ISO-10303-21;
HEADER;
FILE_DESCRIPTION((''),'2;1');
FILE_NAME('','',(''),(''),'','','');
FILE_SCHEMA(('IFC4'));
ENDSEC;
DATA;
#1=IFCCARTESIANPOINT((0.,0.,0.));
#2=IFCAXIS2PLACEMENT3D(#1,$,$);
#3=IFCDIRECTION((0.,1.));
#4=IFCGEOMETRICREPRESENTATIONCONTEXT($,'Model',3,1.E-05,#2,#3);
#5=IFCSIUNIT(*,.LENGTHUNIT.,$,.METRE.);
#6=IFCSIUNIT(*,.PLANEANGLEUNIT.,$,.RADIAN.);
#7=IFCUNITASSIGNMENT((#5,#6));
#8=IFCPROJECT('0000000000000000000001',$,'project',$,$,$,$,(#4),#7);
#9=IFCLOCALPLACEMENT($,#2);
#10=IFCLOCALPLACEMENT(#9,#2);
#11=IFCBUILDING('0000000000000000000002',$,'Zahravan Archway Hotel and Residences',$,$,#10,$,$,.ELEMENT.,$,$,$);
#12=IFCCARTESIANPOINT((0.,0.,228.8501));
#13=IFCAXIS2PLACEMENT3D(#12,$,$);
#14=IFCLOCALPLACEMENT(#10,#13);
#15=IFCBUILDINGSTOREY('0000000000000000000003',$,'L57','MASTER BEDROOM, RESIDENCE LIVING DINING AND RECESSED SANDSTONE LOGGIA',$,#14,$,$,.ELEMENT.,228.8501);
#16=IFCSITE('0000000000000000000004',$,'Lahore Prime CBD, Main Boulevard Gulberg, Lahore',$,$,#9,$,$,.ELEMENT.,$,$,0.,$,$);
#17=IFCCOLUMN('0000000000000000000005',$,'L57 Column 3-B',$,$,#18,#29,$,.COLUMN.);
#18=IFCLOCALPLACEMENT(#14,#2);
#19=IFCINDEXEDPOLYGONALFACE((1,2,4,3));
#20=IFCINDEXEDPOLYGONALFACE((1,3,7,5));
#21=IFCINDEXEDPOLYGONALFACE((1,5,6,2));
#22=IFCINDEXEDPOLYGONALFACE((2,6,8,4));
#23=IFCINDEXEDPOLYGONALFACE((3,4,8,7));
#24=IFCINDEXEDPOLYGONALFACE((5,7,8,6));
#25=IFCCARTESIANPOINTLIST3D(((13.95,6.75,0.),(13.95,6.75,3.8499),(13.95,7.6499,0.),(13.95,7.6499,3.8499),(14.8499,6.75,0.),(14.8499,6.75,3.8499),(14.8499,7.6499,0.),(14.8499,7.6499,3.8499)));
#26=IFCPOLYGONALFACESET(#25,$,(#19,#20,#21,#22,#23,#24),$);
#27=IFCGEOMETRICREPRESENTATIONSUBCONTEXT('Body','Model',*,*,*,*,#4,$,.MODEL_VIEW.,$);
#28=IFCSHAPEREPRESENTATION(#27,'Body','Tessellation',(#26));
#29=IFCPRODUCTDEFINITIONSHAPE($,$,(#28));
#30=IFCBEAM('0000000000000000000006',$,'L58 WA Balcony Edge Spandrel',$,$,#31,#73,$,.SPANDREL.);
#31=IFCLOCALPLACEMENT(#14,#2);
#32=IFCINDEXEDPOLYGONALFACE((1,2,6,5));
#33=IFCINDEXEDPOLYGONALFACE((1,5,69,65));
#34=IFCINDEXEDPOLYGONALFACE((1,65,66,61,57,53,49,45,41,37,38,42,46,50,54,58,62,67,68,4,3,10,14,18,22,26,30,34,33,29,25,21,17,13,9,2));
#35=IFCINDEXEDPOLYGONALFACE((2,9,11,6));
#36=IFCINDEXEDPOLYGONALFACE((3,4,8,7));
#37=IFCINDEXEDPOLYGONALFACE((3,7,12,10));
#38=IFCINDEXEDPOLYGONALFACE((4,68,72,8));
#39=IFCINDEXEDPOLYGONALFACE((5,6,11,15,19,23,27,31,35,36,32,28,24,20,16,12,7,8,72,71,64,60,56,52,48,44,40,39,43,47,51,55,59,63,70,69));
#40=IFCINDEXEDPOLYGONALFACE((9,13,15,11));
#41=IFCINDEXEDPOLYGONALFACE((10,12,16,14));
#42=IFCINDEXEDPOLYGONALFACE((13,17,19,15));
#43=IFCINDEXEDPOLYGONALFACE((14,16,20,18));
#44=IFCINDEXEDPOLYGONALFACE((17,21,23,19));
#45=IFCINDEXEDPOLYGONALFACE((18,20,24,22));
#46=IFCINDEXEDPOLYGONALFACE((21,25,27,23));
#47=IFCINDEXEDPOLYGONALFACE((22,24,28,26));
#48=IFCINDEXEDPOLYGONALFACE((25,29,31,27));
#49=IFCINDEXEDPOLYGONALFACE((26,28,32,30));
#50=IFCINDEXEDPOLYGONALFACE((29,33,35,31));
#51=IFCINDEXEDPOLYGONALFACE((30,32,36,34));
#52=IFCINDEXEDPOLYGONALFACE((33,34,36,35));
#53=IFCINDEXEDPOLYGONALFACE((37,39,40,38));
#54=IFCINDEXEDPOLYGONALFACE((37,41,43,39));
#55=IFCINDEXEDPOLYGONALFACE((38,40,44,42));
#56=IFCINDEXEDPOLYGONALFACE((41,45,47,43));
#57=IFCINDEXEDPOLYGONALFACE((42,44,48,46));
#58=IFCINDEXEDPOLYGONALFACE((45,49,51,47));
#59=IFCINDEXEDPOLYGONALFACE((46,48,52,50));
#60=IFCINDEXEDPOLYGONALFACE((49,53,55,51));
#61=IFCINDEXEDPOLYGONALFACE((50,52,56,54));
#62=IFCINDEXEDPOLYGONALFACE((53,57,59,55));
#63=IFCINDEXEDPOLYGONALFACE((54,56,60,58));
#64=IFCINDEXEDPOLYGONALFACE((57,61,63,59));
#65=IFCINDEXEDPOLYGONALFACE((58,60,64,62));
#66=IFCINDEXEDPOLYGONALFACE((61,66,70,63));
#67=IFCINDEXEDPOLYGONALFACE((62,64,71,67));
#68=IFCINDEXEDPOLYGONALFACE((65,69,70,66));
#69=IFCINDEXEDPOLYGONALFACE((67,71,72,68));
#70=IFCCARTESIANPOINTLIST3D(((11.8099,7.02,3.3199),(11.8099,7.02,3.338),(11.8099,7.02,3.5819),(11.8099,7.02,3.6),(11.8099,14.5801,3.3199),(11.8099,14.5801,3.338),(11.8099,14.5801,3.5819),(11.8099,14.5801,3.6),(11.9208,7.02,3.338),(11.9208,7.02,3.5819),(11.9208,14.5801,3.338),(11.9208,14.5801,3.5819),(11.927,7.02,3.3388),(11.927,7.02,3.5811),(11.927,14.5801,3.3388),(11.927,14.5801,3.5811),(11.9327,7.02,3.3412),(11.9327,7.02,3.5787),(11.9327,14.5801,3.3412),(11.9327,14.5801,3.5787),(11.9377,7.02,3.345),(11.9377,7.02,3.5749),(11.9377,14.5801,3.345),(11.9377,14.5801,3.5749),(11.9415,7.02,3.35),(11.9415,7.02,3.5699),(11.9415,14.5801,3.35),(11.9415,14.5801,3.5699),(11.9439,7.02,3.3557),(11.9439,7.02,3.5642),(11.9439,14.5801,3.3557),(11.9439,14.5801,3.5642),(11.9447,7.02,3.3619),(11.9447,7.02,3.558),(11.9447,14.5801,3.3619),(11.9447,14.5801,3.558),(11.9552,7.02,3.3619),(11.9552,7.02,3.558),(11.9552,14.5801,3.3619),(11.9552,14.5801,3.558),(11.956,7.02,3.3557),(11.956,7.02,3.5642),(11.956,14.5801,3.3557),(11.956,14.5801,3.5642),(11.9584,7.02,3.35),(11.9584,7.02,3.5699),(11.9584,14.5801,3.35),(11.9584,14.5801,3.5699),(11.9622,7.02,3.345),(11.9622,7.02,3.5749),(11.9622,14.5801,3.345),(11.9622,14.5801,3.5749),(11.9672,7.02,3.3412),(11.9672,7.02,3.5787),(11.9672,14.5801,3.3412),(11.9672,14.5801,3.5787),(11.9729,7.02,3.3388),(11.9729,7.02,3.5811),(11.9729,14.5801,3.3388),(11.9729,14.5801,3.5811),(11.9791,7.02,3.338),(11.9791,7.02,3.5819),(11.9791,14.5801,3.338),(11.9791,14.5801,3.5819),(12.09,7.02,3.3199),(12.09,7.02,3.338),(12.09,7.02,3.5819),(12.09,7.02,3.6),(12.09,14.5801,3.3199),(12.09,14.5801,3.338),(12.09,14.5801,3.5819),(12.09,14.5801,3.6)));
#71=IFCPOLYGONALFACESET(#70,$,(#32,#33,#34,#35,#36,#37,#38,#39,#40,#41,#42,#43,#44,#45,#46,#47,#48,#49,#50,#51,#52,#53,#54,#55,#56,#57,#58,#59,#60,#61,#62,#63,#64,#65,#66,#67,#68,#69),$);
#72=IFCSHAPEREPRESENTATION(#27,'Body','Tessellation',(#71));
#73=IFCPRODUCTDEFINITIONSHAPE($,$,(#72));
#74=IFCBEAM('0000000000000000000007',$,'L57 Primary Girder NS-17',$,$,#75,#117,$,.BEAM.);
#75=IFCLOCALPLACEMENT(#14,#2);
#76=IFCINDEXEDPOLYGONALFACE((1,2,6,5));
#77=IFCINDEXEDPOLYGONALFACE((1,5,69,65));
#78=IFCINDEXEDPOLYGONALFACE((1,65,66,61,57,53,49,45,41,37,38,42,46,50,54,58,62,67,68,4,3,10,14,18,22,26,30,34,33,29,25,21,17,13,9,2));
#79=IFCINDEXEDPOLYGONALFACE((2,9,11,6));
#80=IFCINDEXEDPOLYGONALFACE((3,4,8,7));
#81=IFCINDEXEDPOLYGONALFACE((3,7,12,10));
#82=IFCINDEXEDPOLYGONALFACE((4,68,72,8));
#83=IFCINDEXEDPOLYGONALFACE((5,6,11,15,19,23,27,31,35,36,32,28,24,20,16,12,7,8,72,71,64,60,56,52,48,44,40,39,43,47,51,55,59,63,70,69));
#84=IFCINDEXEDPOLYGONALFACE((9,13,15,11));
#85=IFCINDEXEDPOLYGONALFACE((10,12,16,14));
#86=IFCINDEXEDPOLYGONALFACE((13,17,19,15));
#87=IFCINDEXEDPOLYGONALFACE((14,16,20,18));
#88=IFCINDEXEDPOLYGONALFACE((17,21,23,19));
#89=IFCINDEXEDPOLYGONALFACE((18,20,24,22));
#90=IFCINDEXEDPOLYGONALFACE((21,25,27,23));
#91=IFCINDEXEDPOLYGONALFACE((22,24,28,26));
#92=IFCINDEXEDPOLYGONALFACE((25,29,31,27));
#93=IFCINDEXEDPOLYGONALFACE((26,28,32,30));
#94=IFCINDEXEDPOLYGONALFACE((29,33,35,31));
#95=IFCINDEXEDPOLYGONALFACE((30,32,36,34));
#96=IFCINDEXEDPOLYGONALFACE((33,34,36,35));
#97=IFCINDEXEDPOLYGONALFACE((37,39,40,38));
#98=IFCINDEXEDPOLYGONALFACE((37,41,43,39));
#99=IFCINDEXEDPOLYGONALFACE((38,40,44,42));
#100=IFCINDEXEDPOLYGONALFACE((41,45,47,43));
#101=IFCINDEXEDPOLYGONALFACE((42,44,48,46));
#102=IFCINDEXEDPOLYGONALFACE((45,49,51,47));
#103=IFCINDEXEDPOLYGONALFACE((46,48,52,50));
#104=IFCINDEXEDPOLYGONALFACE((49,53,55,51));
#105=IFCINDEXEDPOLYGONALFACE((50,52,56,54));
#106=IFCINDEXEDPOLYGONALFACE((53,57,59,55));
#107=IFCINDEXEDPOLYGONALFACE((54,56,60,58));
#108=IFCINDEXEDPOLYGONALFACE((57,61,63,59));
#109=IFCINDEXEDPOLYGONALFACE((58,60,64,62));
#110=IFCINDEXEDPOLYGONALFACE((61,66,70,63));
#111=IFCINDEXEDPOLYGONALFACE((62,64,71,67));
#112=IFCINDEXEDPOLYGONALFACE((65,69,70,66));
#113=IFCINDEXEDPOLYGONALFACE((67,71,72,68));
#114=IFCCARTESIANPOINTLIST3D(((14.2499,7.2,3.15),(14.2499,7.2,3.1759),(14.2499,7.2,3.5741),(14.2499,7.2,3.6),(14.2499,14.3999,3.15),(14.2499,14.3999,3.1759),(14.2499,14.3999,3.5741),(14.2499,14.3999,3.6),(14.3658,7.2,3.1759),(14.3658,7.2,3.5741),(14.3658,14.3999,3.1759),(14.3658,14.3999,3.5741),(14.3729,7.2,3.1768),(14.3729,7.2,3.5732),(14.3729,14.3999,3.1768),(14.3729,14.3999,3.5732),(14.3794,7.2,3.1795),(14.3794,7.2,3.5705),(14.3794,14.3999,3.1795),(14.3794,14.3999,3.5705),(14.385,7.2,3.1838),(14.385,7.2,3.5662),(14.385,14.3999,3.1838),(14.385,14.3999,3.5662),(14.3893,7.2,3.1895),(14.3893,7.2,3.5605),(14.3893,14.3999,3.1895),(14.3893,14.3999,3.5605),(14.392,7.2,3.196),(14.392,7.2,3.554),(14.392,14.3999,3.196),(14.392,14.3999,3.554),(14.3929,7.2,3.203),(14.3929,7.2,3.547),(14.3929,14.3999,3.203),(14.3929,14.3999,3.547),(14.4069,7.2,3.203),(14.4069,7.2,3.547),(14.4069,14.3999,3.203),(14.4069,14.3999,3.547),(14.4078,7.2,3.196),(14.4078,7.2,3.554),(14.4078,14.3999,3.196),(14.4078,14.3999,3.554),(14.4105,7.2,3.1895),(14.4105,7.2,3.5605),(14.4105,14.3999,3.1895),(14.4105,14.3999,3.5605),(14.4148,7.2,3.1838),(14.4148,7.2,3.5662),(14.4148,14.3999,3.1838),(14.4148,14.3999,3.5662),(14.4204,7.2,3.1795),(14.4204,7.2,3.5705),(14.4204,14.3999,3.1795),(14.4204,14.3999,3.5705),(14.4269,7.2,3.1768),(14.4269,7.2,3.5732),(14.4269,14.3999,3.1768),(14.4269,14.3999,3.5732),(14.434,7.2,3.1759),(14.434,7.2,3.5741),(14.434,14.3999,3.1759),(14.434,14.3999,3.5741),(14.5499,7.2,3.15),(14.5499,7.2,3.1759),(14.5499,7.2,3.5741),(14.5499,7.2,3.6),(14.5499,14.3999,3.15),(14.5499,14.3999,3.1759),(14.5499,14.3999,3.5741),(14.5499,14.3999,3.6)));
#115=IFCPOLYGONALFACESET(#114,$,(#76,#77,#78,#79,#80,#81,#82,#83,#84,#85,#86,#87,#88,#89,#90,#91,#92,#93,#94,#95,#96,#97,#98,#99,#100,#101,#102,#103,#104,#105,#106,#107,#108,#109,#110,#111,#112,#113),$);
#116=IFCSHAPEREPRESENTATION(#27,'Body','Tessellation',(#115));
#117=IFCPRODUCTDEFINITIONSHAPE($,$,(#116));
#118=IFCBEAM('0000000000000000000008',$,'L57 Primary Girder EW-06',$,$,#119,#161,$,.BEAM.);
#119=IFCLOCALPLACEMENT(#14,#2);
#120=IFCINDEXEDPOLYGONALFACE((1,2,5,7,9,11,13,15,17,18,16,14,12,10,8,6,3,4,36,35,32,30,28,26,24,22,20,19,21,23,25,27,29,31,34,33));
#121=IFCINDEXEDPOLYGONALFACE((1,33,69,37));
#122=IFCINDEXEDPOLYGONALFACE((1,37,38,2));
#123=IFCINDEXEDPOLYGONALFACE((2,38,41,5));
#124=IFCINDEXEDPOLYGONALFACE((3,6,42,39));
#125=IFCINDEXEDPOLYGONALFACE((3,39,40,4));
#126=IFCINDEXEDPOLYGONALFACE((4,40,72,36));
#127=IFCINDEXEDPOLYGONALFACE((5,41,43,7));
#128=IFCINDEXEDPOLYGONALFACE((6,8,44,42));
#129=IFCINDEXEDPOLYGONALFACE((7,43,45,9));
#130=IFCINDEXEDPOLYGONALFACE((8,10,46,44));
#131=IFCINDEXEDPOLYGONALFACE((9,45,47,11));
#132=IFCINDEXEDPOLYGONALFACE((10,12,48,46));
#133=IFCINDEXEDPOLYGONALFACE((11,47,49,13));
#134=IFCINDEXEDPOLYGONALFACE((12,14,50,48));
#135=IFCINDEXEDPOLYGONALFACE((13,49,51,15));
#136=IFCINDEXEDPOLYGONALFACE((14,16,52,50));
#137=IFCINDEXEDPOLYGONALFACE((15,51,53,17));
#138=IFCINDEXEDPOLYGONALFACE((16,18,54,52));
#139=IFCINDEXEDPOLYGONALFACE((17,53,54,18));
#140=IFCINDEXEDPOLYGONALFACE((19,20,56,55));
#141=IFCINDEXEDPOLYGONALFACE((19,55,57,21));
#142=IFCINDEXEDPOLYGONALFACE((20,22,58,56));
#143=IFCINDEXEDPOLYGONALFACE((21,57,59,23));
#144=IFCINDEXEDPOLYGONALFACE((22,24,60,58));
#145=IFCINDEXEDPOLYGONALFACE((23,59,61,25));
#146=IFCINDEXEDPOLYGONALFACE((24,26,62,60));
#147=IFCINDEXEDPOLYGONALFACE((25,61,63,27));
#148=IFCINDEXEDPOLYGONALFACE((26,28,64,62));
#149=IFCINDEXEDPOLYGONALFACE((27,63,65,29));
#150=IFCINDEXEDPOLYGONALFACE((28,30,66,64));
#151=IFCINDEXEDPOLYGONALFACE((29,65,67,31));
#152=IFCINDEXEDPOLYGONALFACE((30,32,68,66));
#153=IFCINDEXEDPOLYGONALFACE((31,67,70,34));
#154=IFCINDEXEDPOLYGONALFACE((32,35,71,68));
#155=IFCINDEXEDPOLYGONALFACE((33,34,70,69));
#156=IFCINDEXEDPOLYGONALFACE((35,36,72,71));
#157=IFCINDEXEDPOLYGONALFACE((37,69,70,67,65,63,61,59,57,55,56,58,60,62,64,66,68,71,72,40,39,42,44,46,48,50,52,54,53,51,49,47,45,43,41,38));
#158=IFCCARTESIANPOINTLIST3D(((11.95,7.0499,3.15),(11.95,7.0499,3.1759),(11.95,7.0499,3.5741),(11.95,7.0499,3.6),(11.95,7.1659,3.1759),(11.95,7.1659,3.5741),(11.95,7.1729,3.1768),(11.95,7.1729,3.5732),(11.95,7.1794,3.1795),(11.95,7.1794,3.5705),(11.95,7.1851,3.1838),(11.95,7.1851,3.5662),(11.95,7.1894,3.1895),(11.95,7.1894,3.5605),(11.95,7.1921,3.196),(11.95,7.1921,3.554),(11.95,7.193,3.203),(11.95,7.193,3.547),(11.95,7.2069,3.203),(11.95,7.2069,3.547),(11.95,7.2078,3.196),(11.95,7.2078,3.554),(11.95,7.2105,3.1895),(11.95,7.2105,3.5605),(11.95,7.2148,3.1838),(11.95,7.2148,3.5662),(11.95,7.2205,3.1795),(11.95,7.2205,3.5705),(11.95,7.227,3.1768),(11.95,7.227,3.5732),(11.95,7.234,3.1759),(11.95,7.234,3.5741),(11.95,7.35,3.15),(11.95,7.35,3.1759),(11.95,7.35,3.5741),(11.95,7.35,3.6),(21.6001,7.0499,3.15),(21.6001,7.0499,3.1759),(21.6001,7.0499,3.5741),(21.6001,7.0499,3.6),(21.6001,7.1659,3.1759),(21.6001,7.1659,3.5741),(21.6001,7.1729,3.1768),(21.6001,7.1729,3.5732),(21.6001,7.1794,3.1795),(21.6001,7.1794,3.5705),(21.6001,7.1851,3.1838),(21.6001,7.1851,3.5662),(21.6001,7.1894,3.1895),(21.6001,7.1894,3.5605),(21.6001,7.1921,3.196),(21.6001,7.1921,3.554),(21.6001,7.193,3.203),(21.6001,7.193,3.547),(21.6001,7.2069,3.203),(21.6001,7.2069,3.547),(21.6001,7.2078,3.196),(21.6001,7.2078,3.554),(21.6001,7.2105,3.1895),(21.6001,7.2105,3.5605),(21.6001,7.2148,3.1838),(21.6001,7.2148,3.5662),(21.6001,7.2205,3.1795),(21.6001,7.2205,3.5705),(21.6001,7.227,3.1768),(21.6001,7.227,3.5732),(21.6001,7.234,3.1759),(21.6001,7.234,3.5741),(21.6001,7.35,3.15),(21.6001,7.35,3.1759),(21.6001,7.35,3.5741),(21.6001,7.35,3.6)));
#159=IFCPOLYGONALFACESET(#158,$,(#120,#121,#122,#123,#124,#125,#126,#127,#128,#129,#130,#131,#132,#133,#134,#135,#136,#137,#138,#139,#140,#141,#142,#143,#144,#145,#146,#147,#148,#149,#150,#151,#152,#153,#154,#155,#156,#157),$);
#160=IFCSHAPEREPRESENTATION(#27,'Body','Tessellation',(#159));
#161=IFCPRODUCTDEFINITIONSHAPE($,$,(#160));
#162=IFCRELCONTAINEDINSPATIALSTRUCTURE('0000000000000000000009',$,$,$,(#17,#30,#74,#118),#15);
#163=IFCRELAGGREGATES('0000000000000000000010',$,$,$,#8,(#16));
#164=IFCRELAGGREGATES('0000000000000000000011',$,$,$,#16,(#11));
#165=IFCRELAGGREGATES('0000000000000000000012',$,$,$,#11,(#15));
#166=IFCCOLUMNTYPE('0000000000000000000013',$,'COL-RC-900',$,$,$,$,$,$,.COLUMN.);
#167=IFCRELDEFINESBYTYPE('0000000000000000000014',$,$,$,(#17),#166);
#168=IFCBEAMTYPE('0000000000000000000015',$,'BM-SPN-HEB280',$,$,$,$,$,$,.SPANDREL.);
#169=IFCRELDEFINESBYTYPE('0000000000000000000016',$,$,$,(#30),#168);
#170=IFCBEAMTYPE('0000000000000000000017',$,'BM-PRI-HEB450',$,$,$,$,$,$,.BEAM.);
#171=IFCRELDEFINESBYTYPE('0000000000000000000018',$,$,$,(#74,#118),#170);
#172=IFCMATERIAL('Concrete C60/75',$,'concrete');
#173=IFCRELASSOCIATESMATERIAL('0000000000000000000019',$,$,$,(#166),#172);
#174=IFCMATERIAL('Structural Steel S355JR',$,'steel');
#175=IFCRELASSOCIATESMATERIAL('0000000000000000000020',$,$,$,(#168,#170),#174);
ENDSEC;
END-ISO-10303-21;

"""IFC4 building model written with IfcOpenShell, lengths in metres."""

from ifc_helpers import new_model, si_unit, direction, frame, origin, origin_2d, place, context, subcontext, project, spatial, rectangle, i_section, extrude, source, transform, mapped, material, material_profile, profile_set, type_object, type_shapes, element, save


model = new_model("IFC4")

# Units and contexts
model_context = context("Model", 3, precision=1e-05, world=origin(), true_north=direction((0.0, 1.0)))
body_context = subcontext(model_context, "Body", "Model", "MODEL_VIEW")
ifc_project = project(units=[si_unit("LENGTHUNIT", "METRE"), si_unit("PLANEANGLEUNIT", "RADIAN")], contexts=[model_context])

# Site, building, storey
site_placement = place(None, origin())
site = spatial("IfcSite", under=ifc_project, at=site_placement, Name="Lahore Prime CBD, Main Boulevard Gulberg, Lahore", CompositionType="ELEMENT", RefElevation=0.0)
building_placement = place(site_placement, origin())
building = spatial("IfcBuilding", under=site, at=building_placement, Name="Zahravan Archway Hotel and Residences", CompositionType="ELEMENT")
storey_placement = place(building_placement, frame((0.0, 0.0, 228.8501)))
storey = spatial("IfcBuildingStorey", under=building, at=storey_placement, Name="L57", Description="MASTER BEDROOM, RESIDENCE LIVING DINING AND RECESSED SANDSTONE LOGGIA", CompositionType="ELEMENT", Elevation=228.8501)

# Column
ifc_material_1 = material(Name="Concrete C60/75", Category="concrete")
ifc_material_profile_1 = material_profile(ifc_material_1, rectangle(XDim=0.8999, YDim=0.8999, at=origin_2d()), Name="RC-COL-900x900", Category="concrete")
ifc_profile_set_1 = profile_set([ifc_material_profile_1], Name="Concrete C60/75")
column_type = type_object("IfcColumnType", Name="COL-RC-900", PredefinedType="COLUMN", material=ifc_profile_set_1)
shared_shape_1 = source(origin(), body_context, "Body", "SweptSolid", [
    extrude(rectangle(XDim=0.8999, YDim=0.8999, at=origin_2d()), origin(), (0.0, 0.0, 1.0), 3.8499),
])
column_placement = place(storey_placement, frame((14.3999, 7.2, 0.0), z_axis=(0.0, 0.0, 1.0), x_axis=(1.0, 0.0, 0.0)))
element("IfcColumn", 1, at=column_placement, inside=storey, type_object=column_type, Name="L57 Column 3-B", PredefinedType="COLUMN", context=body_context, shape_type="MappedRepresentation", body=[
    mapped(shared_shape_1, transform((0.0, 0.0, 0.0), scale=1.0)),
])

# Beams
ifc_material_2 = material(Name="Structural Steel S355JR", Category="steel")
ifc_material_profile_2 = material_profile(ifc_material_2, i_section(OverallWidth=0.28, OverallDepth=0.28, WebThickness=0.0105, FlangeThickness=0.0181, FilletRadius=0.0239, at=origin_2d()), Name="HEB 280", Category="steel")
ifc_profile_set_2 = profile_set([ifc_material_profile_2], Name="Structural Steel S355JR")
beam_type_1 = type_object("IfcBeamType", Name="BM-SPN-HEB280", PredefinedType="SPANDREL", material=ifc_profile_set_2)
shared_shape_2 = source(origin(), body_context, "Body", "SweptSolid", [
    extrude(i_section(OverallWidth=0.28, OverallDepth=0.28, WebThickness=0.0105, FlangeThickness=0.0181, FilletRadius=0.0239, at=origin_2d()), origin(), (0.0, 0.0, 1.0), 7.5601),
])
type_shapes(beam_type_1, [shared_shape_2])
beam_1_placement = place(storey_placement, frame((11.95, 7.02, 3.46), z_axis=(0.0, 1.0, 0.0), x_axis=(-1.0, 0.0, 0.0)))
element("IfcBeam", 2, at=beam_1_placement, inside=storey, type_object=beam_type_1, Name="L58 WA Balcony Edge Spandrel", PredefinedType="SPANDREL", context=body_context, shape_type="MappedRepresentation", body=[
    mapped(shared_shape_2, transform((0.0, 0.0, 0.0), scale=1.0)),
])
ifc_material_profile_3 = material_profile(ifc_material_2, i_section(OverallWidth=0.3, OverallDepth=0.45, WebThickness=0.0139, FlangeThickness=0.0259, FilletRadius=0.0271, at=origin_2d()), Name="HEB 450", Category="steel")
ifc_profile_set_3 = profile_set([ifc_material_profile_3], Name="Structural Steel S355JR")
beam_type_2 = type_object("IfcBeamType", Name="BM-PRI-HEB450", PredefinedType="BEAM", material=ifc_profile_set_3)
shared_shape_3 = source(origin(), body_context, "Body", "SweptSolid", [
    extrude(i_section(OverallWidth=0.3, OverallDepth=0.45, WebThickness=0.0139, FlangeThickness=0.0259, FilletRadius=0.0271, at=origin_2d()), origin(), (0.0, 0.0, 1.0), 7.2),
])
beam_2_placement = place(storey_placement, frame((14.3999, 7.2, 3.375), z_axis=(0.0, 1.0, 0.0), x_axis=(-1.0, 0.0, 0.0)))
element("IfcBeam", 3, at=beam_2_placement, inside=storey, type_object=beam_type_2, Name="L57 Primary Girder NS-17", PredefinedType="BEAM", context=body_context, shape_type="MappedRepresentation", body=[
    mapped(shared_shape_3, transform((0.0, 0.0, 0.0), scale=1.0)),
])
shared_shape_4 = source(origin(), body_context, "Body", "SweptSolid", [
    extrude(i_section(OverallWidth=0.3, OverallDepth=0.45, WebThickness=0.0139, FlangeThickness=0.0259, FilletRadius=0.0271, at=origin_2d()), origin(), (0.0, 0.0, 1.0), 9.6501),
])
beam_3_placement = place(storey_placement, frame((11.95, 7.2, 3.375), z_axis=(1.0, 0.0, 0.0), x_axis=(0.0, 1.0, 0.0)))
element("IfcBeam", 4, at=beam_3_placement, inside=storey, type_object=beam_type_2, Name="L57 Primary Girder EW-06", PredefinedType="BEAM", context=body_context, shape_type="MappedRepresentation", body=[
    mapped(shared_shape_4, transform((0.0, 0.0, 0.0), scale=1.0)),
])

save(model, "model.ifc")
